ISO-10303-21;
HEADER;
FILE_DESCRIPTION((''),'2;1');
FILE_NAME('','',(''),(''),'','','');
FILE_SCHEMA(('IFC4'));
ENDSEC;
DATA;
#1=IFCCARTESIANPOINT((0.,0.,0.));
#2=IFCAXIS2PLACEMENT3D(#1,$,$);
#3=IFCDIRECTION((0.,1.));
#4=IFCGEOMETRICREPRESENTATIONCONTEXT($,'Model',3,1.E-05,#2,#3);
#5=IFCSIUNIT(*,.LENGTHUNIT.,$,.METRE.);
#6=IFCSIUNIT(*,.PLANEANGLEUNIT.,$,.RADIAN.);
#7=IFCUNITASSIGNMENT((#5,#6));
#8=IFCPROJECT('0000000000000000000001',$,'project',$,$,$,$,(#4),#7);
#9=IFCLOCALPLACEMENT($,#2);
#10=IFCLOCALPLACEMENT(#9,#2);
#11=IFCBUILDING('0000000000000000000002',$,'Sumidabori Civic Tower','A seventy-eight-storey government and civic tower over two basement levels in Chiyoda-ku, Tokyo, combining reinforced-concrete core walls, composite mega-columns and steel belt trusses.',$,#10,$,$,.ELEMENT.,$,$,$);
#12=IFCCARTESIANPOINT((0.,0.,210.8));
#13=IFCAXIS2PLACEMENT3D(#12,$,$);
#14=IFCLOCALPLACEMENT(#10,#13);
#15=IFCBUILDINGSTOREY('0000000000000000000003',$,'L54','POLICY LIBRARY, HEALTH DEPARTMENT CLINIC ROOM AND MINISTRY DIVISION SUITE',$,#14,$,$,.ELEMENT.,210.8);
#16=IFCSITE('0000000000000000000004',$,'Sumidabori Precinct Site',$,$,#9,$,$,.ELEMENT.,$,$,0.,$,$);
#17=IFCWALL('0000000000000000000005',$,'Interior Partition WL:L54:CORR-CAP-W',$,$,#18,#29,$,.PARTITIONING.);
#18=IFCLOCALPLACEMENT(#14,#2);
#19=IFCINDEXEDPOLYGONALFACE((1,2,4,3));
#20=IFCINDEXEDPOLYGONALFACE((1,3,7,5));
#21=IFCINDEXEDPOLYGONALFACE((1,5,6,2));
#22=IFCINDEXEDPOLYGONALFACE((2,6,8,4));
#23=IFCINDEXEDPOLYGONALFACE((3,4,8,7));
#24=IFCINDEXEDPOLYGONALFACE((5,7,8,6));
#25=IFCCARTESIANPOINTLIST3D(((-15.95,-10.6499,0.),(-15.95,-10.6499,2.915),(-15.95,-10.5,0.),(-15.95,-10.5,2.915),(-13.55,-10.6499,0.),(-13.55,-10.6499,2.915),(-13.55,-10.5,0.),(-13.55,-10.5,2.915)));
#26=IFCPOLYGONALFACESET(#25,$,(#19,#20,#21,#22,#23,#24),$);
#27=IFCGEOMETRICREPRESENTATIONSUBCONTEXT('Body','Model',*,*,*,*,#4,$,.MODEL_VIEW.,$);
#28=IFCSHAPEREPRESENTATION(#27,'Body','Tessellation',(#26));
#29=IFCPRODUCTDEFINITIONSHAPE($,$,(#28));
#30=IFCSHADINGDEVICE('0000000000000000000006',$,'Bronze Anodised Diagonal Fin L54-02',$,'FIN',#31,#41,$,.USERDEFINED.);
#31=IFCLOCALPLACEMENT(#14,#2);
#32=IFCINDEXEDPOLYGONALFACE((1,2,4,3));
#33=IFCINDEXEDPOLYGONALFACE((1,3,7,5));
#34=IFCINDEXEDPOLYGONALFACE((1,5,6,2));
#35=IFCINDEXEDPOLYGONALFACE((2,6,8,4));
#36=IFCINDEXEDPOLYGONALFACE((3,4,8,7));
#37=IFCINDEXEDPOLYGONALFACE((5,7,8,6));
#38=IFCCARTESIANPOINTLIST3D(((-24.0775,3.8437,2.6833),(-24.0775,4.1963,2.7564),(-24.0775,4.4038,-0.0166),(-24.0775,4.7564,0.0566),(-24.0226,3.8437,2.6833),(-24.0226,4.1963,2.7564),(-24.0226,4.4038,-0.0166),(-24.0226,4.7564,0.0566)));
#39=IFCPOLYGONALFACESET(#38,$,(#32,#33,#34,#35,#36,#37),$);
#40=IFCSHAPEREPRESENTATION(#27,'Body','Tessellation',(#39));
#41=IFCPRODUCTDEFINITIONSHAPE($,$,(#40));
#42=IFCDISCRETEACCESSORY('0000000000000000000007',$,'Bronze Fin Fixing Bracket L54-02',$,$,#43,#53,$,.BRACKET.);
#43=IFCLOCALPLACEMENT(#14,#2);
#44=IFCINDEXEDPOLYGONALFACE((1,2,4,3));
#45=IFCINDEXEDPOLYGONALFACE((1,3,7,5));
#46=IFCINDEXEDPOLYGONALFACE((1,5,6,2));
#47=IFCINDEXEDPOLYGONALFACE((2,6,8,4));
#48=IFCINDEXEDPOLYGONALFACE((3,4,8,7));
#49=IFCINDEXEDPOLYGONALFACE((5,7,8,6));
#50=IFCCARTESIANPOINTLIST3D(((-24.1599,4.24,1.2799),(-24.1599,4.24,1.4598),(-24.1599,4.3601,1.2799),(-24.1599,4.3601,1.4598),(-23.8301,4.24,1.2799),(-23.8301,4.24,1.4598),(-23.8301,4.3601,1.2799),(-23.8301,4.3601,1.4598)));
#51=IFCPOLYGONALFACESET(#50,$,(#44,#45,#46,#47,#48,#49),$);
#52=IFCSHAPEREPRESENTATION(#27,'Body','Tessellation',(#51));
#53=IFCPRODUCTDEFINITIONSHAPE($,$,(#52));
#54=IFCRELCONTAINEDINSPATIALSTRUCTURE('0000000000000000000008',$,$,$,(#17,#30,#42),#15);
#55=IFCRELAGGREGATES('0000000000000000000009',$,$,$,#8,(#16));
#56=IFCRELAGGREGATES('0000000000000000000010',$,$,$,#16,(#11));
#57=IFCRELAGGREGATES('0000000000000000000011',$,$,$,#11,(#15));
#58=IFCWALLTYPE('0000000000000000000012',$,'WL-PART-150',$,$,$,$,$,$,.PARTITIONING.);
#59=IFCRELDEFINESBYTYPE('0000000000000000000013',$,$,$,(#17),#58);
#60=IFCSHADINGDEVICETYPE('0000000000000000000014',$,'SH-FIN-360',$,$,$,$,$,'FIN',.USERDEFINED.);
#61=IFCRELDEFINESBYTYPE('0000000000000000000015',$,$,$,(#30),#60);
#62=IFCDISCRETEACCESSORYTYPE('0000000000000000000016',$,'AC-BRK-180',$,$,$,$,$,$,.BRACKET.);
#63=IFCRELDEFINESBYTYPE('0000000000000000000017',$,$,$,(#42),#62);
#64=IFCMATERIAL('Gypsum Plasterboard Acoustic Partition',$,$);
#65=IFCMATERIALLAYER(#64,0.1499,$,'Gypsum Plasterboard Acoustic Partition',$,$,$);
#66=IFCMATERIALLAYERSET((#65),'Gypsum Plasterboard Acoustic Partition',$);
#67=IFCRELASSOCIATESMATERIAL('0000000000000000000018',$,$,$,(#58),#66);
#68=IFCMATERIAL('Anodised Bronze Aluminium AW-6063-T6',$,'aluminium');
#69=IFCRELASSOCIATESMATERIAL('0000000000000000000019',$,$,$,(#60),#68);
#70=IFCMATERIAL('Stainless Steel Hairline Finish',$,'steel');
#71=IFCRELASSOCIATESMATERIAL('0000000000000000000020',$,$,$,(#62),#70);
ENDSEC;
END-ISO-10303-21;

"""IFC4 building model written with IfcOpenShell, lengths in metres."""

from ifc_helpers import new_model, si_unit, direction, frame, frame_2d, origin, origin_2d, place, context, subcontext, project, spatial, rectangle, extrude, source, transform, mapped, material, layer, layer_set, material_profile, profile_set, type_object, element, save


model = new_model("IFC4")

# Units and contexts
model_context = context("Model", 3, precision=1e-05, world=origin(), true_north=direction((0.0, 1.0)))
body_context = subcontext(model_context, "Body", "Model", "MODEL_VIEW")
ifc_project = project(units=[si_unit("LENGTHUNIT", "METRE"), si_unit("PLANEANGLEUNIT", "RADIAN")], contexts=[model_context])

# Site, building, storey
site_placement = place(None, origin())
site = spatial("IfcSite", under=ifc_project, at=site_placement, Name="Sumidabori Precinct Site", CompositionType="ELEMENT", RefElevation=0.0)
building_placement = place(site_placement, origin())
building = spatial("IfcBuilding", under=site, at=building_placement, Name="Sumidabori Civic Tower", Description="A seventy-eight-storey government and civic tower over two basement levels in Chiyoda-ku, Tokyo, combining reinforced-concrete core walls, composite mega-columns and steel belt trusses.", CompositionType="ELEMENT")
storey_placement = place(building_placement, frame((0.0, 0.0, 210.8)))
storey = spatial("IfcBuildingStorey", under=building, at=storey_placement, Name="L54", Description="POLICY LIBRARY, HEALTH DEPARTMENT CLINIC ROOM AND MINISTRY DIVISION SUITE", CompositionType="ELEMENT", Elevation=210.8)

# Shared definitions
ifc_material_1 = material(Name="Anodised Bronze Aluminium AW-6063-T6", Category="aluminium")

# Wall
ifc_material_2 = material(Name="Gypsum Plasterboard Acoustic Partition")
ifc_layer_1 = layer(ifc_material_2, 0.1499, Name="Gypsum Plasterboard Acoustic Partition")
ifc_layer_set_1 = layer_set([ifc_layer_1], Name="Gypsum Plasterboard Acoustic Partition")
wall_type = type_object("IfcWallType", Name="WL-PART-150", PredefinedType="PARTITIONING", material=ifc_layer_set_1)
shared_shape_1 = source(origin(), body_context, "Body", "SweptSolid", [
    extrude(rectangle(XDim=2.3999, YDim=0.1499, at=frame_2d((1.2, 0.0))), origin(), (0.0, 0.0, 1.0), 2.915),
])
wall_placement = place(storey_placement, frame((-15.95, -10.575, 0.0), z_axis=(0.0, 0.0, 1.0), x_axis=(1.0, 0.0, 0.0)))
element("IfcWall", 1, at=wall_placement, inside=storey, type_object=wall_type, Name="Interior Partition WL:L54:CORR-CAP-W", PredefinedType="PARTITIONING", context=body_context, shape_type="MappedRepresentation", body=[
    mapped(shared_shape_1, transform((0.0, 0.0, 0.0), x_axis=(1.0, 0.0, 0.0), y_axis=(0.0, 1.0, 0.0), z_axis=(0.0, 0.0, 1.0), scale=1.0)),
])

# Shading device
ifc_material_profile_1 = material_profile(ifc_material_1, rectangle(XDim=0.0549, YDim=0.3601, at=origin_2d()), Name="BRONZE FIN 360x55")
ifc_profile_set_1 = profile_set([ifc_material_profile_1], Name="Anodised Bronze Aluminium AW-6063-T6")
shading_device_type = type_object("IfcShadingDeviceType", Name="SH-FIN-360", ElementType="FIN", PredefinedType="USERDEFINED", material=ifc_profile_set_1)
shared_shape_2 = source(origin(), body_context, "Body", "SweptSolid", [
    extrude(rectangle(XDim=0.0549, YDim=0.3601, at=origin_2d()), origin(), (0.0, 0.0, 1.0), 2.7573),
])
shading_device_placement = place(storey_placement, frame((-24.05, 4.5801, 0.02), z_axis=(0.0, -0.203109, 0.979156), x_axis=(-1.0, 0.0, 0.0)))
element("IfcShadingDevice", 2, at=shading_device_placement, inside=storey, type_object=shading_device_type, Name="Bronze Anodised Diagonal Fin L54-02", ObjectType="FIN", PredefinedType="USERDEFINED", context=body_context, shape_type="MappedRepresentation", body=[
    mapped(shared_shape_2, transform((0.0, 0.0, 0.0), x_axis=(1.0, 0.0, 0.0), y_axis=(0.0, 1.0, 0.0), z_axis=(0.0, 0.0, 1.0), scale=1.0)),
])

# Discrete accessory
ifc_material_3 = material(Name="Stainless Steel Hairline Finish", Category="steel")
ifc_material_profile_2 = material_profile(ifc_material_3, rectangle(XDim=0.1201, YDim=0.1799, at=origin_2d()), Name="STEEL BRACKET 180x120")
ifc_profile_set_2 = profile_set([ifc_material_profile_2], Name="Stainless Steel Hairline Finish")
discrete_accessory_type = type_object("IfcDiscreteAccessoryType", Name="AC-BRK-180", PredefinedType="BRACKET", material=ifc_profile_set_2)
shared_shape_3 = source(origin(), body_context, "Body", "SweptSolid", [
    extrude(rectangle(XDim=0.1201, YDim=0.1799, at=origin_2d()), origin(), (0.0, 0.0, 1.0), 0.3298),
])
discrete_accessory_placement = place(storey_placement, frame((-23.8301, 4.3, 1.3699), z_axis=(-1.0, 0.0, 0.0), x_axis=(0.0, -1.0, 0.0)))
element("IfcDiscreteAccessory", 3, at=discrete_accessory_placement, inside=storey, type_object=discrete_accessory_type, Name="Bronze Fin Fixing Bracket L54-02", PredefinedType="BRACKET", context=body_context, shape_type="MappedRepresentation", body=[
    mapped(shared_shape_3, transform((0.0, 0.0, 0.0), x_axis=(1.0, 0.0, 0.0), y_axis=(0.0, 1.0, 0.0), z_axis=(0.0, 0.0, 1.0), scale=1.0)),
])

save(model, "model.ifc")
